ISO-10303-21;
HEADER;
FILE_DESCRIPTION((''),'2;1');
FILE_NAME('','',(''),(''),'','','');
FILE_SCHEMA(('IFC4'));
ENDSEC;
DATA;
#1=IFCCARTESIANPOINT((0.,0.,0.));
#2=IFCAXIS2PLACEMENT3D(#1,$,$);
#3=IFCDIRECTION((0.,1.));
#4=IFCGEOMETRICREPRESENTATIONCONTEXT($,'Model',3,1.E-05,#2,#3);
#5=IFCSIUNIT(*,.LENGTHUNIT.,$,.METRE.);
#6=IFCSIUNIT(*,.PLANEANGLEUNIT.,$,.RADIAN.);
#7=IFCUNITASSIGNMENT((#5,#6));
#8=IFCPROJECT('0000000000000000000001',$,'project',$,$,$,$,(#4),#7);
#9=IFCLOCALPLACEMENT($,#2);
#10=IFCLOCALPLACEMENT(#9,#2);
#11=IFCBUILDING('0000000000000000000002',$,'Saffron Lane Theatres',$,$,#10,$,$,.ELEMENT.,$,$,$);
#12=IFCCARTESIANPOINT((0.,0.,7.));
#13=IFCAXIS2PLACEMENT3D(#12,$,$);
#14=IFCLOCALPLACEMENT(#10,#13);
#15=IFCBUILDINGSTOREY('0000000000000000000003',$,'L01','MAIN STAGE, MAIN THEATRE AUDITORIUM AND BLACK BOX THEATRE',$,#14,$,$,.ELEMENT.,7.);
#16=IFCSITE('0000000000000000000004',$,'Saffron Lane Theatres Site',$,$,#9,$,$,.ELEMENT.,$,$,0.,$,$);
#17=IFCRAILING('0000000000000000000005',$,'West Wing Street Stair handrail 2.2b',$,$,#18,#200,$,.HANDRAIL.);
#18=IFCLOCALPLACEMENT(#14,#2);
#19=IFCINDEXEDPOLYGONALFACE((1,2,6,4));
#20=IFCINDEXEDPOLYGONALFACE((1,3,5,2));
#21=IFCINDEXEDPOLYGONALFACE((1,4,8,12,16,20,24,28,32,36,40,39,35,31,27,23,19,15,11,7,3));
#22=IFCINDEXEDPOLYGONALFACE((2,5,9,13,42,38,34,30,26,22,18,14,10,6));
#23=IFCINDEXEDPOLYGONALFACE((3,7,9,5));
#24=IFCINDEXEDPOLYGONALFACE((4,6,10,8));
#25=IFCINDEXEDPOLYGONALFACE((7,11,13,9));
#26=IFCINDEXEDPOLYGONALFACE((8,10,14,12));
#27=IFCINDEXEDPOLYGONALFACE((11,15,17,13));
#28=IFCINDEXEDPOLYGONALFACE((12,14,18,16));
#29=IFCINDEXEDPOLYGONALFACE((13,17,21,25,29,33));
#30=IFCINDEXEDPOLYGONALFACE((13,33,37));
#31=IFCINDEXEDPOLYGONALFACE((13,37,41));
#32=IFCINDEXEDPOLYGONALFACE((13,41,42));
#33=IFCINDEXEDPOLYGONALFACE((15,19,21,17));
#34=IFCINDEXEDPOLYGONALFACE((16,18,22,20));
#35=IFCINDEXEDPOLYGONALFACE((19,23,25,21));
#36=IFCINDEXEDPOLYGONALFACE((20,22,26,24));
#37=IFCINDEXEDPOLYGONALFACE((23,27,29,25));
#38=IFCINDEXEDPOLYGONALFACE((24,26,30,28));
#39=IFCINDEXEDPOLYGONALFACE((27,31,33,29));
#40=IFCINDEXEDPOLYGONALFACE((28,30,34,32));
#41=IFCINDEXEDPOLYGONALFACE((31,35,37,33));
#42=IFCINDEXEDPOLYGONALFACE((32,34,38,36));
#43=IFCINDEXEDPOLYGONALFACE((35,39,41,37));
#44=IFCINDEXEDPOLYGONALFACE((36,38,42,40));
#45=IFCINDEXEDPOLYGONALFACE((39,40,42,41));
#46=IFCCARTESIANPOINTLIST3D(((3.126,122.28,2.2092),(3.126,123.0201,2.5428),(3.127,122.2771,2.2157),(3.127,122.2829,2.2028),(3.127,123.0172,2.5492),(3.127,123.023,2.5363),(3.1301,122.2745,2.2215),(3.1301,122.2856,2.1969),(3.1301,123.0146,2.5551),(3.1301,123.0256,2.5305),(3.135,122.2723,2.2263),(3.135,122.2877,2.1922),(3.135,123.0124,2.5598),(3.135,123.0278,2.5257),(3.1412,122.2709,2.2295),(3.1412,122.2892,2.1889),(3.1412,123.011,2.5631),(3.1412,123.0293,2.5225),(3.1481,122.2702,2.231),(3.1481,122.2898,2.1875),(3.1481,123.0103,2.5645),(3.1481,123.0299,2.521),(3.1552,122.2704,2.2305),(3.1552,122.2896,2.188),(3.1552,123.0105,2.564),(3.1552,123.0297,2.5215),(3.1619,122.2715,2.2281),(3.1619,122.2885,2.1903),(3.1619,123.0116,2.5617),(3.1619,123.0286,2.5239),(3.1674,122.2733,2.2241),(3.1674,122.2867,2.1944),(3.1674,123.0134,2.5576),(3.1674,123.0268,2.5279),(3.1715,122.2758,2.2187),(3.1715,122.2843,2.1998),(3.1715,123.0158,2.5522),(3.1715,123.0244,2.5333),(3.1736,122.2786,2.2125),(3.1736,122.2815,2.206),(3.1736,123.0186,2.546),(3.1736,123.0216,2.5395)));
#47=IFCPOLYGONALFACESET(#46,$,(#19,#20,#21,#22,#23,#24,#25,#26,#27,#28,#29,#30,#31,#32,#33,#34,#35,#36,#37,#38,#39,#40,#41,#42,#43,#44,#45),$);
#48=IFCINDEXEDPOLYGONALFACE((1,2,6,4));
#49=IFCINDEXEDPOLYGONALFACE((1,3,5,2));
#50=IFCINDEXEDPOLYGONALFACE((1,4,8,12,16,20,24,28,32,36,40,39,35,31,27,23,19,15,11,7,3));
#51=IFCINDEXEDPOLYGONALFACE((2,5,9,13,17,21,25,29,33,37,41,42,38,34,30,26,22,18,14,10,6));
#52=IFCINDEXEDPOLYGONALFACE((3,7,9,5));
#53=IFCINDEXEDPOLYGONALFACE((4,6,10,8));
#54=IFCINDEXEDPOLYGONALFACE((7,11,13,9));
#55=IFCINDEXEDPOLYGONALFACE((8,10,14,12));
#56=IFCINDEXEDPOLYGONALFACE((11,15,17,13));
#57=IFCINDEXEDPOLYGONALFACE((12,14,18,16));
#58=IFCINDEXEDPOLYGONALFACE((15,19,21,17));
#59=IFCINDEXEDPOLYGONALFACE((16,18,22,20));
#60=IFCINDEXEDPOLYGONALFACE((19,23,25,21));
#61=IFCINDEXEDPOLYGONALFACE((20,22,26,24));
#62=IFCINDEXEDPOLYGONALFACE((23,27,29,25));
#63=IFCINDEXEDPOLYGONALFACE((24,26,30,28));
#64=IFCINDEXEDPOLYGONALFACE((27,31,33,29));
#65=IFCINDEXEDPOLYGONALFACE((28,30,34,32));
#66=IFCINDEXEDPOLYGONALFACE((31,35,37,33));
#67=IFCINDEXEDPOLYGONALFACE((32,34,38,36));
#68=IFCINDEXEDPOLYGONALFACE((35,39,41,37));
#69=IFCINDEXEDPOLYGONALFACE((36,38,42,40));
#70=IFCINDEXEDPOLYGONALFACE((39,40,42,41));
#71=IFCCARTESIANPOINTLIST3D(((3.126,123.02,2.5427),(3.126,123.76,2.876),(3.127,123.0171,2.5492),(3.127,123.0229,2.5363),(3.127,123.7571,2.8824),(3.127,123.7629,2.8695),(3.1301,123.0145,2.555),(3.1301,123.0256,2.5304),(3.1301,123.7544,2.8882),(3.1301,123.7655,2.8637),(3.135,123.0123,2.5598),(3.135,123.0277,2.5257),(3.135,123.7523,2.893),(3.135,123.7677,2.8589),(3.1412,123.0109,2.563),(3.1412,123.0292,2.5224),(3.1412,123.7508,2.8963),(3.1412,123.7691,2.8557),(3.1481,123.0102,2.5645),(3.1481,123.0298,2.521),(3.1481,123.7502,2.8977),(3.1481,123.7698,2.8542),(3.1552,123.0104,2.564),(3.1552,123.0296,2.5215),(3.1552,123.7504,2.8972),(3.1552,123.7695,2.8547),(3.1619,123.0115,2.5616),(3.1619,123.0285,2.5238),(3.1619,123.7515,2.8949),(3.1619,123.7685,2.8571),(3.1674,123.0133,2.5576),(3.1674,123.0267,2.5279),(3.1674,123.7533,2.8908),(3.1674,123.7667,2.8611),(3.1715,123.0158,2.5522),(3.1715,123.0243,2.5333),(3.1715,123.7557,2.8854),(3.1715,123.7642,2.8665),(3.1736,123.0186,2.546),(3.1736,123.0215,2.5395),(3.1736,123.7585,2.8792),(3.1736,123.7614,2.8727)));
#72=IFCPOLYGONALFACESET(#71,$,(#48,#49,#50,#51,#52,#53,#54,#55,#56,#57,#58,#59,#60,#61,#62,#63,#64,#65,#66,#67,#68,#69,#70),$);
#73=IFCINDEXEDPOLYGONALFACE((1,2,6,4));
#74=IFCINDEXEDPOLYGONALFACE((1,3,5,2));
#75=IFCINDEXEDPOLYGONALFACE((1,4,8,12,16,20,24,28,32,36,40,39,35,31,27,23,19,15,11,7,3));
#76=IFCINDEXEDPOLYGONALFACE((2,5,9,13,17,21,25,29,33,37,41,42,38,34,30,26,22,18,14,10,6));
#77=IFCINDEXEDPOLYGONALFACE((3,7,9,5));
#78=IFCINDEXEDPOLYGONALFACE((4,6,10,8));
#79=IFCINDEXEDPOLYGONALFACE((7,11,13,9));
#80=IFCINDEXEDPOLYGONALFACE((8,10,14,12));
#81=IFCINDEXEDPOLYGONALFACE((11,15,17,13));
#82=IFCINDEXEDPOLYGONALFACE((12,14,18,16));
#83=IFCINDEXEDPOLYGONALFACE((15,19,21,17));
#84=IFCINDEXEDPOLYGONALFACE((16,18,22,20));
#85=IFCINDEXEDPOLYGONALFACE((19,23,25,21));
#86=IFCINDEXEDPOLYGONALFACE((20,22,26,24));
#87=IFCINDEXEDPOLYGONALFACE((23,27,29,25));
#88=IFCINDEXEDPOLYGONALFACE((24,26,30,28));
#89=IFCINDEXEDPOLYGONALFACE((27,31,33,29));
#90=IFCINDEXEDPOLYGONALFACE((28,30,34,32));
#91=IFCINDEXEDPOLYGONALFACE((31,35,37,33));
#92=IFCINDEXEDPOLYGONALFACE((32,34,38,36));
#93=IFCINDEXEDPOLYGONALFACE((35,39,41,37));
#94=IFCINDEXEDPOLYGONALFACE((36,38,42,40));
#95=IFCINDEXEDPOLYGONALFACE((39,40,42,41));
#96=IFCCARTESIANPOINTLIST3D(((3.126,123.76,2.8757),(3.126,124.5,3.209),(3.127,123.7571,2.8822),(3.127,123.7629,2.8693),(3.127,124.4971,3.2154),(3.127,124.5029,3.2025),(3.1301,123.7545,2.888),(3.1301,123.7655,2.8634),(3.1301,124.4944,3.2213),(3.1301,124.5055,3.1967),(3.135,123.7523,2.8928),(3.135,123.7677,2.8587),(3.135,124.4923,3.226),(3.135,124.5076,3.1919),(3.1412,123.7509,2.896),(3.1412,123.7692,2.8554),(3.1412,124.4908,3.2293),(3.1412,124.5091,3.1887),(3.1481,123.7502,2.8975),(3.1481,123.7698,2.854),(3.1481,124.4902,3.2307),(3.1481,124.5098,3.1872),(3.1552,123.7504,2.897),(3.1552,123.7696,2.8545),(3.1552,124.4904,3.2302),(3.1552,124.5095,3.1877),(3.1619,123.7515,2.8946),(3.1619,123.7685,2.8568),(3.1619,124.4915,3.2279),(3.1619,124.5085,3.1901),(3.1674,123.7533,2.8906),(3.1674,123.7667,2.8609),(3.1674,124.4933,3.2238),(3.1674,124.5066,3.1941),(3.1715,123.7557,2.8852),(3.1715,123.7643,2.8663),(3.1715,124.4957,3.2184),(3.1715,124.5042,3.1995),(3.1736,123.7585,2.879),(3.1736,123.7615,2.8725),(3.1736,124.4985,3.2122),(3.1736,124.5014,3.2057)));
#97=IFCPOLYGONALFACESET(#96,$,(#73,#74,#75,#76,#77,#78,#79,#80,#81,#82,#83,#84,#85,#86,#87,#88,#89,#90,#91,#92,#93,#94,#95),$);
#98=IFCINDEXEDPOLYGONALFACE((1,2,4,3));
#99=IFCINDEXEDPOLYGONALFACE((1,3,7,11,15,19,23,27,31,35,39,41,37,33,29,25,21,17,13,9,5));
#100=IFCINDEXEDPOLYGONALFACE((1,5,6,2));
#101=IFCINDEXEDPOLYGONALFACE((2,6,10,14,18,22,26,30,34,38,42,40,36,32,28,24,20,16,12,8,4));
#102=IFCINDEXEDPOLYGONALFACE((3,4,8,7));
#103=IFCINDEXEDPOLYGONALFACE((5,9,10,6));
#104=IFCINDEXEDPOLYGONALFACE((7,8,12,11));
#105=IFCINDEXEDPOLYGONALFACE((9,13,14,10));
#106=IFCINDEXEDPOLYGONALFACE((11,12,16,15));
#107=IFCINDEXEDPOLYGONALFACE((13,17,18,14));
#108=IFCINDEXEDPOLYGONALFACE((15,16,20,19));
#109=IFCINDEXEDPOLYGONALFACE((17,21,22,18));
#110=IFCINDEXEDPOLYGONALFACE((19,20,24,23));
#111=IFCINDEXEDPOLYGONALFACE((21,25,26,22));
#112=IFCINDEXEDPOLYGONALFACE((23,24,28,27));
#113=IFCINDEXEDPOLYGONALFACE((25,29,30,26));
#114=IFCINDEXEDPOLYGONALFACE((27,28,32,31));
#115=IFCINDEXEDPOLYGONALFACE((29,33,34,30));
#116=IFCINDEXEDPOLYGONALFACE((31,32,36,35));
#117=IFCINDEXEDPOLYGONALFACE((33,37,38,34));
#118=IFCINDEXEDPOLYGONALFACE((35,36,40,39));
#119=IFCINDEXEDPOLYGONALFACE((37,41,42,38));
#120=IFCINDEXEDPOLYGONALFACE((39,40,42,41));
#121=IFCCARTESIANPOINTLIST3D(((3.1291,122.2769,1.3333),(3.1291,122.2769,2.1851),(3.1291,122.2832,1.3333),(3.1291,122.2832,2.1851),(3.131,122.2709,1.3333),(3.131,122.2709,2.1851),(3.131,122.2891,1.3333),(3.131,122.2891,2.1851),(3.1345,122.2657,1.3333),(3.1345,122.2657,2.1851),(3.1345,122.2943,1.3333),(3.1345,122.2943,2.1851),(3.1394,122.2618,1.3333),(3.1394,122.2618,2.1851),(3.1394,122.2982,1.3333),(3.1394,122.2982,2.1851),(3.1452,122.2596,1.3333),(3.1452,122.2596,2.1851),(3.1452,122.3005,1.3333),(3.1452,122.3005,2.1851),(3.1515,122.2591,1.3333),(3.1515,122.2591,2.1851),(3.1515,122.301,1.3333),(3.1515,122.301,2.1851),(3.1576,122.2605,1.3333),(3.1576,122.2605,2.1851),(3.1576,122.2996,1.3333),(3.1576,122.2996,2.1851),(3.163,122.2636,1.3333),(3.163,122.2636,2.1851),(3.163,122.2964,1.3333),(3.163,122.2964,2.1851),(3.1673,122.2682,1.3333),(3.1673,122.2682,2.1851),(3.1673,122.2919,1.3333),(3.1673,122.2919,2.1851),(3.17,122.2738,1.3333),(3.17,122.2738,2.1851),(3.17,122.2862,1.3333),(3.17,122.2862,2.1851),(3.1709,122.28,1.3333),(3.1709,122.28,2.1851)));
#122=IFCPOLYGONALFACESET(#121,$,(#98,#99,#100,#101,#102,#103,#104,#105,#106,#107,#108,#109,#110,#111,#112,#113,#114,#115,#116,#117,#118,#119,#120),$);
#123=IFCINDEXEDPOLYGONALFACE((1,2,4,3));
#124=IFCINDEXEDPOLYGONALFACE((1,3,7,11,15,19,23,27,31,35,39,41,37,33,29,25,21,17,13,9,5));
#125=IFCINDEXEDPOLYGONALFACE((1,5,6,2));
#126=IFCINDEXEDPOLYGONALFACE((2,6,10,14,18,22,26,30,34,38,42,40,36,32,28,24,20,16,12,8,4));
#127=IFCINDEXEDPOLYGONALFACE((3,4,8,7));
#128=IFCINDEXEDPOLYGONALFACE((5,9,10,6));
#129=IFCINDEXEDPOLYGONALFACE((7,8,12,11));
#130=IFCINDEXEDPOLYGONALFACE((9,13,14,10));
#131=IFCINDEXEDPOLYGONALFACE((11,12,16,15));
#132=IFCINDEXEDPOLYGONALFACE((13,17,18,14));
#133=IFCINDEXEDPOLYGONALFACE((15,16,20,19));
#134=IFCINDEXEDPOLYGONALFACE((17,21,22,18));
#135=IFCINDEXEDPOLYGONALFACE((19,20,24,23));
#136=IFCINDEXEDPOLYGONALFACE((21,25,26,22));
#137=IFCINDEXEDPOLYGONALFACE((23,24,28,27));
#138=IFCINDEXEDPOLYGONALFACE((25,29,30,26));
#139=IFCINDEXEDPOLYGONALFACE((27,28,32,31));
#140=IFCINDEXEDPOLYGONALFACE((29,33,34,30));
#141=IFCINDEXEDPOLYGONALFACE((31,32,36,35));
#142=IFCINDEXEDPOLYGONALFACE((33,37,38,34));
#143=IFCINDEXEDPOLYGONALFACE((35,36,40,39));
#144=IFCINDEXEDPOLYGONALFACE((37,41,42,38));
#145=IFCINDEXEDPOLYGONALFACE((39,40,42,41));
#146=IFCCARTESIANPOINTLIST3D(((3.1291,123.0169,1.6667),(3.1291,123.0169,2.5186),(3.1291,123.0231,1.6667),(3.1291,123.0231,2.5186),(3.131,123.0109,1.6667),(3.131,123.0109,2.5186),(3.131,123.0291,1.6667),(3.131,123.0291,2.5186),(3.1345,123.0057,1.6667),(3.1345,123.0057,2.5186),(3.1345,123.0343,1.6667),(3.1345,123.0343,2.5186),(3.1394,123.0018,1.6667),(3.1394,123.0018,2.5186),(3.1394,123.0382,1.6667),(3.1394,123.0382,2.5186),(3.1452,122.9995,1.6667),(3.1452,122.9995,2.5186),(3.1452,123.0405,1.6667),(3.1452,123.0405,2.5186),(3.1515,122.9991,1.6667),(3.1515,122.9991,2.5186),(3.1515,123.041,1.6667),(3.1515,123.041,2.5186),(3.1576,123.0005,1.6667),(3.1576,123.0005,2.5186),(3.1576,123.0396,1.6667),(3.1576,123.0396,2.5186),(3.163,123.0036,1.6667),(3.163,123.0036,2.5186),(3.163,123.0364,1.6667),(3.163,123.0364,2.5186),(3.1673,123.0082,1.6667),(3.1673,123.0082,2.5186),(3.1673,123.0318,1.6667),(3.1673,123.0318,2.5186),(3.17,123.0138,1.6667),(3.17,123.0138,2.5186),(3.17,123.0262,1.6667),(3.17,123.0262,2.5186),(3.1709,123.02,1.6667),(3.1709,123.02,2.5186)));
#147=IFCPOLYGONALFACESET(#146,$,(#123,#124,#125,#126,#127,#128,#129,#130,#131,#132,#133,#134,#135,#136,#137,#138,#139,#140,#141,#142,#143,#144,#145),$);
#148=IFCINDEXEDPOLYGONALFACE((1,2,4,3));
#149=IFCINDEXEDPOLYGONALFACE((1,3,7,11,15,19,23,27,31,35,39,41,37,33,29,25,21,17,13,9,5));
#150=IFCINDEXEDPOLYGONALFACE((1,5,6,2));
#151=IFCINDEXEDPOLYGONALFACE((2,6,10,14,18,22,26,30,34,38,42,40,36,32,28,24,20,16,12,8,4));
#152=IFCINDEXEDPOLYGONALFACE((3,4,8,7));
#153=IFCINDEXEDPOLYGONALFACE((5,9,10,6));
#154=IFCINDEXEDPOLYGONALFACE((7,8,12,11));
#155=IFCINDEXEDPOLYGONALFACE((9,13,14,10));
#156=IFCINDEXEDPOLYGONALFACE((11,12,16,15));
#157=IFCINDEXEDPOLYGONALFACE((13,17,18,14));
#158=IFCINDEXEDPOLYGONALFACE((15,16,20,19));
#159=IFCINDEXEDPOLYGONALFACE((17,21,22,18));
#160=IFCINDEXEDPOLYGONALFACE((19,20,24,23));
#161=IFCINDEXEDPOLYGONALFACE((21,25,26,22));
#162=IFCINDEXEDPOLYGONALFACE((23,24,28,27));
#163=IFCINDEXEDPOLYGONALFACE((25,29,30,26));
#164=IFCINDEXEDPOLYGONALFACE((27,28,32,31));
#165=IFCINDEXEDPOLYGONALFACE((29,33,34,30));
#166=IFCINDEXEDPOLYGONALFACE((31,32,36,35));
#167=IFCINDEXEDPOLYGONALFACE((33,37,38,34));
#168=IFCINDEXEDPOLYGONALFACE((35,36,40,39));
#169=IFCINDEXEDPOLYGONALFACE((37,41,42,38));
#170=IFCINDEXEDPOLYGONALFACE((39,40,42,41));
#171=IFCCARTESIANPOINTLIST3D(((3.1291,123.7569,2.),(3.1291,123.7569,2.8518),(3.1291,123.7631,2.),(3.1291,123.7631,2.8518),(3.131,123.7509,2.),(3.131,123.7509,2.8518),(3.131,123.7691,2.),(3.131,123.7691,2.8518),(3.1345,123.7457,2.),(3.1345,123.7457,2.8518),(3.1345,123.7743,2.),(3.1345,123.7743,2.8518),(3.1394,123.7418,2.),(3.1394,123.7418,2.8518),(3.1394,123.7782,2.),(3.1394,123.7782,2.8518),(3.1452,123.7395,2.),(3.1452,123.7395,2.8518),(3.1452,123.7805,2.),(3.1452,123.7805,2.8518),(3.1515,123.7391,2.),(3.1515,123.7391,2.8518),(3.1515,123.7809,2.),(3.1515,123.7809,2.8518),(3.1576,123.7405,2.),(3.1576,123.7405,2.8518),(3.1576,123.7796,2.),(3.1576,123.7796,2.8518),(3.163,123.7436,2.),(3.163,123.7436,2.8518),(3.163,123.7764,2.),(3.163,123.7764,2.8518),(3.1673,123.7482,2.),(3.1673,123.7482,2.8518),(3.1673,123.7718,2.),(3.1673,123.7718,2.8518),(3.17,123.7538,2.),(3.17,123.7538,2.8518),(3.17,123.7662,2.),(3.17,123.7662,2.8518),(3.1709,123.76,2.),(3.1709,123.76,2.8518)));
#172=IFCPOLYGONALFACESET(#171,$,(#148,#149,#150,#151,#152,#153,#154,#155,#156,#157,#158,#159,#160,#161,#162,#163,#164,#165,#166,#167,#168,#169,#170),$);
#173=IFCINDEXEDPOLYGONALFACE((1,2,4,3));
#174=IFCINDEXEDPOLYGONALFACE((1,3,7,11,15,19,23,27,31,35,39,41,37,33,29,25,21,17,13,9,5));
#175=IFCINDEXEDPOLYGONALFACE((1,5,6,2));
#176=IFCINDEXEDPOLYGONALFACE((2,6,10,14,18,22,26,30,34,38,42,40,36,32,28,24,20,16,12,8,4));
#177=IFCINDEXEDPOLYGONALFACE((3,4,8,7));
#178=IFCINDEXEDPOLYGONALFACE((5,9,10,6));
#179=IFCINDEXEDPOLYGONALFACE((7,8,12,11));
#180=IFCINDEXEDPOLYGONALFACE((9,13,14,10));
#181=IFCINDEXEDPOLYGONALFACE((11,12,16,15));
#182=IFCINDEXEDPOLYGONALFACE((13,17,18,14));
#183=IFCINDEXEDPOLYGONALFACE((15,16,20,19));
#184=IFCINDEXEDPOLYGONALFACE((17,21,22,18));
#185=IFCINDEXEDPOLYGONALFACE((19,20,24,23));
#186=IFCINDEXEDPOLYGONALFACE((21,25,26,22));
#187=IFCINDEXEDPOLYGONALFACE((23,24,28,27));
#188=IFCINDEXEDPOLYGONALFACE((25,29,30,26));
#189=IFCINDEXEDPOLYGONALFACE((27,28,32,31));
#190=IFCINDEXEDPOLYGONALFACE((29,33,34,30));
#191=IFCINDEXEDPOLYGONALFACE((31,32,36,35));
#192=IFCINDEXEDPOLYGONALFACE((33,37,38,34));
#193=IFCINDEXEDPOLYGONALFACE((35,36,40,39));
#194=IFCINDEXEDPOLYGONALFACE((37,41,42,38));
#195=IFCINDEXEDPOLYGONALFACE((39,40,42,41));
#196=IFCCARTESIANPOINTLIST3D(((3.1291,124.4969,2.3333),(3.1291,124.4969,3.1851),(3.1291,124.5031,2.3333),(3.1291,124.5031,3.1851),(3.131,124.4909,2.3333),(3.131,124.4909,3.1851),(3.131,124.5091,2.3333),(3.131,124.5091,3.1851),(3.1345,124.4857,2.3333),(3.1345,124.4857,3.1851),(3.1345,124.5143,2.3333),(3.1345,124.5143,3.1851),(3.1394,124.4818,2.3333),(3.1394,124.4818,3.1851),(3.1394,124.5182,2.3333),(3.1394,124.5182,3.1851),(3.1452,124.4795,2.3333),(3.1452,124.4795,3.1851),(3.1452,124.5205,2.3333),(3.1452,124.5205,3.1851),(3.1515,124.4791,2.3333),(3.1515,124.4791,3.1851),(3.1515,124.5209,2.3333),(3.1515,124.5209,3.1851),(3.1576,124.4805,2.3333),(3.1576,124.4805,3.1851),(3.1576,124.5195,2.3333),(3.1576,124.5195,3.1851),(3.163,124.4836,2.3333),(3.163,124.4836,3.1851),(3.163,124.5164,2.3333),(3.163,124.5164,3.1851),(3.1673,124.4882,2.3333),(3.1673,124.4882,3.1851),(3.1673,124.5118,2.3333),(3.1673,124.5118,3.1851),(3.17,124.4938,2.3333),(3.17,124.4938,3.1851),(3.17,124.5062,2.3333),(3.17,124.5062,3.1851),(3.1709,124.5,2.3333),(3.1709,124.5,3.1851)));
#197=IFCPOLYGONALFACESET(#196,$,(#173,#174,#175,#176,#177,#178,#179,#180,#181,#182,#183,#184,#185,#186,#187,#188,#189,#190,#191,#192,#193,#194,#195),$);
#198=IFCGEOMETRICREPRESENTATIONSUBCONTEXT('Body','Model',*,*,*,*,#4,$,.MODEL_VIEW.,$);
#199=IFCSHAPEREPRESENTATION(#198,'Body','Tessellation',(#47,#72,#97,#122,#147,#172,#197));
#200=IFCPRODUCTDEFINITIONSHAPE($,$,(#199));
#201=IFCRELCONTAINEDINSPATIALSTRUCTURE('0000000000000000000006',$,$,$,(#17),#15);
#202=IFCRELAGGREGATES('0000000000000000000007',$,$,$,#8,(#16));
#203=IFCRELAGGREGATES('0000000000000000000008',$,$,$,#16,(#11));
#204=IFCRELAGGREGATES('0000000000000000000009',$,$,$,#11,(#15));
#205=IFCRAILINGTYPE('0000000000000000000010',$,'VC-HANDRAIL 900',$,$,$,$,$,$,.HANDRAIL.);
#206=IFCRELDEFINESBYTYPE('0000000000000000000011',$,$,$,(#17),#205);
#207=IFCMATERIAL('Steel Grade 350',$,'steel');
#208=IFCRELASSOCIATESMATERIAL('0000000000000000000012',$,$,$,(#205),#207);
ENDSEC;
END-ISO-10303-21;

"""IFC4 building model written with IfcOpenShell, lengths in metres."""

from ifc_helpers import new_model, si_unit, direction, frame, origin, origin_2d, place, context, subcontext, project, spatial, circle, extrude, material, type_object, element, save


model = new_model("IFC4")

# Units and contexts
model_context = context("Model", 3, precision=1e-05, world=origin(), true_north=direction((0.0, 1.0)))
body_context = subcontext(model_context, "Body", "Model", "MODEL_VIEW")
ifc_project = project(units=[si_unit("LENGTHUNIT", "METRE"), si_unit("PLANEANGLEUNIT", "RADIAN")], contexts=[model_context])

# Site, building, storey
site_placement = place(None, origin())
site = spatial("IfcSite", under=ifc_project, at=site_placement, Name="Saffron Lane Theatres Site", CompositionType="ELEMENT", RefElevation=0.0)
building_placement = place(site_placement, origin())
building = spatial("IfcBuilding", under=site, at=building_placement, Name="Saffron Lane Theatres", CompositionType="ELEMENT")
storey_placement = place(building_placement, frame((0.0, 0.0, 7.0)))
storey = spatial("IfcBuildingStorey", under=building, at=storey_placement, Name="L01", Description="MAIN STAGE, MAIN THEATRE AUDITORIUM AND BLACK BOX THEATRE", CompositionType="ELEMENT", Elevation=7.0)

# Railing
ifc_material_1 = material(Name="Steel Grade 350", Category="steel")
railing_type_1 = type_object("IfcRailingType", Name="VC-HANDRAIL 900", PredefinedType="HANDRAIL", material=ifc_material_1)
for number, where, name in (
    (1, (3.1499, 122.28, 1.3333), "West Wing Street Stair handrail 2.2b"),
):
    element("IfcRailing", number, at=place(storey_placement, frame(where)), inside=storey, type_object=railing_type_1, Name=name, PredefinedType="HANDRAIL", context=body_context, shape_type="SweptSolid", body=[
        extrude(circle(Radius=0.0239, at=origin_2d()), frame((0.0, 0.0, 0.876), z_axis=(0.0, 0.911691, 0.410877), x_axis=(-1.0, 0.0, 0.0)), (0.0, 0.0, 1.0), 0.8118),
        extrude(circle(Radius=0.0239, at=origin_2d()), frame((0.0, 0.74, 1.2095), z_axis=(0.0, 0.911803, 0.410627), x_axis=(-1.0, 0.0, 0.0)), (0.0, 0.0, 1.0), 0.8115),
        extrude(circle(Radius=0.0239, at=origin_2d()), frame((0.0, 1.48, 1.5425), z_axis=(0.0, 0.911803, 0.410627), x_axis=(-1.0, 0.0, 0.0)), (0.0, 0.0, 1.0), 0.8115),
        extrude(circle(Radius=0.021, at=origin_2d()), origin(), (0.0, 0.0, 1.0), 0.8518),
        extrude(circle(Radius=0.021, at=origin_2d()), frame((0.0, 0.74, 0.3335)), (0.0, 0.0, 1.0), 0.8518),
        extrude(circle(Radius=0.021, at=origin_2d()), frame((0.0, 1.48, 0.6667)), (0.0, 0.0, 1.0), 0.8518),
        extrude(circle(Radius=0.021, at=origin_2d()), frame((0.0, 2.22, 1.0)), (0.0, 0.0, 1.0), 0.8518),
    ])

save(model, "model.ifc")
